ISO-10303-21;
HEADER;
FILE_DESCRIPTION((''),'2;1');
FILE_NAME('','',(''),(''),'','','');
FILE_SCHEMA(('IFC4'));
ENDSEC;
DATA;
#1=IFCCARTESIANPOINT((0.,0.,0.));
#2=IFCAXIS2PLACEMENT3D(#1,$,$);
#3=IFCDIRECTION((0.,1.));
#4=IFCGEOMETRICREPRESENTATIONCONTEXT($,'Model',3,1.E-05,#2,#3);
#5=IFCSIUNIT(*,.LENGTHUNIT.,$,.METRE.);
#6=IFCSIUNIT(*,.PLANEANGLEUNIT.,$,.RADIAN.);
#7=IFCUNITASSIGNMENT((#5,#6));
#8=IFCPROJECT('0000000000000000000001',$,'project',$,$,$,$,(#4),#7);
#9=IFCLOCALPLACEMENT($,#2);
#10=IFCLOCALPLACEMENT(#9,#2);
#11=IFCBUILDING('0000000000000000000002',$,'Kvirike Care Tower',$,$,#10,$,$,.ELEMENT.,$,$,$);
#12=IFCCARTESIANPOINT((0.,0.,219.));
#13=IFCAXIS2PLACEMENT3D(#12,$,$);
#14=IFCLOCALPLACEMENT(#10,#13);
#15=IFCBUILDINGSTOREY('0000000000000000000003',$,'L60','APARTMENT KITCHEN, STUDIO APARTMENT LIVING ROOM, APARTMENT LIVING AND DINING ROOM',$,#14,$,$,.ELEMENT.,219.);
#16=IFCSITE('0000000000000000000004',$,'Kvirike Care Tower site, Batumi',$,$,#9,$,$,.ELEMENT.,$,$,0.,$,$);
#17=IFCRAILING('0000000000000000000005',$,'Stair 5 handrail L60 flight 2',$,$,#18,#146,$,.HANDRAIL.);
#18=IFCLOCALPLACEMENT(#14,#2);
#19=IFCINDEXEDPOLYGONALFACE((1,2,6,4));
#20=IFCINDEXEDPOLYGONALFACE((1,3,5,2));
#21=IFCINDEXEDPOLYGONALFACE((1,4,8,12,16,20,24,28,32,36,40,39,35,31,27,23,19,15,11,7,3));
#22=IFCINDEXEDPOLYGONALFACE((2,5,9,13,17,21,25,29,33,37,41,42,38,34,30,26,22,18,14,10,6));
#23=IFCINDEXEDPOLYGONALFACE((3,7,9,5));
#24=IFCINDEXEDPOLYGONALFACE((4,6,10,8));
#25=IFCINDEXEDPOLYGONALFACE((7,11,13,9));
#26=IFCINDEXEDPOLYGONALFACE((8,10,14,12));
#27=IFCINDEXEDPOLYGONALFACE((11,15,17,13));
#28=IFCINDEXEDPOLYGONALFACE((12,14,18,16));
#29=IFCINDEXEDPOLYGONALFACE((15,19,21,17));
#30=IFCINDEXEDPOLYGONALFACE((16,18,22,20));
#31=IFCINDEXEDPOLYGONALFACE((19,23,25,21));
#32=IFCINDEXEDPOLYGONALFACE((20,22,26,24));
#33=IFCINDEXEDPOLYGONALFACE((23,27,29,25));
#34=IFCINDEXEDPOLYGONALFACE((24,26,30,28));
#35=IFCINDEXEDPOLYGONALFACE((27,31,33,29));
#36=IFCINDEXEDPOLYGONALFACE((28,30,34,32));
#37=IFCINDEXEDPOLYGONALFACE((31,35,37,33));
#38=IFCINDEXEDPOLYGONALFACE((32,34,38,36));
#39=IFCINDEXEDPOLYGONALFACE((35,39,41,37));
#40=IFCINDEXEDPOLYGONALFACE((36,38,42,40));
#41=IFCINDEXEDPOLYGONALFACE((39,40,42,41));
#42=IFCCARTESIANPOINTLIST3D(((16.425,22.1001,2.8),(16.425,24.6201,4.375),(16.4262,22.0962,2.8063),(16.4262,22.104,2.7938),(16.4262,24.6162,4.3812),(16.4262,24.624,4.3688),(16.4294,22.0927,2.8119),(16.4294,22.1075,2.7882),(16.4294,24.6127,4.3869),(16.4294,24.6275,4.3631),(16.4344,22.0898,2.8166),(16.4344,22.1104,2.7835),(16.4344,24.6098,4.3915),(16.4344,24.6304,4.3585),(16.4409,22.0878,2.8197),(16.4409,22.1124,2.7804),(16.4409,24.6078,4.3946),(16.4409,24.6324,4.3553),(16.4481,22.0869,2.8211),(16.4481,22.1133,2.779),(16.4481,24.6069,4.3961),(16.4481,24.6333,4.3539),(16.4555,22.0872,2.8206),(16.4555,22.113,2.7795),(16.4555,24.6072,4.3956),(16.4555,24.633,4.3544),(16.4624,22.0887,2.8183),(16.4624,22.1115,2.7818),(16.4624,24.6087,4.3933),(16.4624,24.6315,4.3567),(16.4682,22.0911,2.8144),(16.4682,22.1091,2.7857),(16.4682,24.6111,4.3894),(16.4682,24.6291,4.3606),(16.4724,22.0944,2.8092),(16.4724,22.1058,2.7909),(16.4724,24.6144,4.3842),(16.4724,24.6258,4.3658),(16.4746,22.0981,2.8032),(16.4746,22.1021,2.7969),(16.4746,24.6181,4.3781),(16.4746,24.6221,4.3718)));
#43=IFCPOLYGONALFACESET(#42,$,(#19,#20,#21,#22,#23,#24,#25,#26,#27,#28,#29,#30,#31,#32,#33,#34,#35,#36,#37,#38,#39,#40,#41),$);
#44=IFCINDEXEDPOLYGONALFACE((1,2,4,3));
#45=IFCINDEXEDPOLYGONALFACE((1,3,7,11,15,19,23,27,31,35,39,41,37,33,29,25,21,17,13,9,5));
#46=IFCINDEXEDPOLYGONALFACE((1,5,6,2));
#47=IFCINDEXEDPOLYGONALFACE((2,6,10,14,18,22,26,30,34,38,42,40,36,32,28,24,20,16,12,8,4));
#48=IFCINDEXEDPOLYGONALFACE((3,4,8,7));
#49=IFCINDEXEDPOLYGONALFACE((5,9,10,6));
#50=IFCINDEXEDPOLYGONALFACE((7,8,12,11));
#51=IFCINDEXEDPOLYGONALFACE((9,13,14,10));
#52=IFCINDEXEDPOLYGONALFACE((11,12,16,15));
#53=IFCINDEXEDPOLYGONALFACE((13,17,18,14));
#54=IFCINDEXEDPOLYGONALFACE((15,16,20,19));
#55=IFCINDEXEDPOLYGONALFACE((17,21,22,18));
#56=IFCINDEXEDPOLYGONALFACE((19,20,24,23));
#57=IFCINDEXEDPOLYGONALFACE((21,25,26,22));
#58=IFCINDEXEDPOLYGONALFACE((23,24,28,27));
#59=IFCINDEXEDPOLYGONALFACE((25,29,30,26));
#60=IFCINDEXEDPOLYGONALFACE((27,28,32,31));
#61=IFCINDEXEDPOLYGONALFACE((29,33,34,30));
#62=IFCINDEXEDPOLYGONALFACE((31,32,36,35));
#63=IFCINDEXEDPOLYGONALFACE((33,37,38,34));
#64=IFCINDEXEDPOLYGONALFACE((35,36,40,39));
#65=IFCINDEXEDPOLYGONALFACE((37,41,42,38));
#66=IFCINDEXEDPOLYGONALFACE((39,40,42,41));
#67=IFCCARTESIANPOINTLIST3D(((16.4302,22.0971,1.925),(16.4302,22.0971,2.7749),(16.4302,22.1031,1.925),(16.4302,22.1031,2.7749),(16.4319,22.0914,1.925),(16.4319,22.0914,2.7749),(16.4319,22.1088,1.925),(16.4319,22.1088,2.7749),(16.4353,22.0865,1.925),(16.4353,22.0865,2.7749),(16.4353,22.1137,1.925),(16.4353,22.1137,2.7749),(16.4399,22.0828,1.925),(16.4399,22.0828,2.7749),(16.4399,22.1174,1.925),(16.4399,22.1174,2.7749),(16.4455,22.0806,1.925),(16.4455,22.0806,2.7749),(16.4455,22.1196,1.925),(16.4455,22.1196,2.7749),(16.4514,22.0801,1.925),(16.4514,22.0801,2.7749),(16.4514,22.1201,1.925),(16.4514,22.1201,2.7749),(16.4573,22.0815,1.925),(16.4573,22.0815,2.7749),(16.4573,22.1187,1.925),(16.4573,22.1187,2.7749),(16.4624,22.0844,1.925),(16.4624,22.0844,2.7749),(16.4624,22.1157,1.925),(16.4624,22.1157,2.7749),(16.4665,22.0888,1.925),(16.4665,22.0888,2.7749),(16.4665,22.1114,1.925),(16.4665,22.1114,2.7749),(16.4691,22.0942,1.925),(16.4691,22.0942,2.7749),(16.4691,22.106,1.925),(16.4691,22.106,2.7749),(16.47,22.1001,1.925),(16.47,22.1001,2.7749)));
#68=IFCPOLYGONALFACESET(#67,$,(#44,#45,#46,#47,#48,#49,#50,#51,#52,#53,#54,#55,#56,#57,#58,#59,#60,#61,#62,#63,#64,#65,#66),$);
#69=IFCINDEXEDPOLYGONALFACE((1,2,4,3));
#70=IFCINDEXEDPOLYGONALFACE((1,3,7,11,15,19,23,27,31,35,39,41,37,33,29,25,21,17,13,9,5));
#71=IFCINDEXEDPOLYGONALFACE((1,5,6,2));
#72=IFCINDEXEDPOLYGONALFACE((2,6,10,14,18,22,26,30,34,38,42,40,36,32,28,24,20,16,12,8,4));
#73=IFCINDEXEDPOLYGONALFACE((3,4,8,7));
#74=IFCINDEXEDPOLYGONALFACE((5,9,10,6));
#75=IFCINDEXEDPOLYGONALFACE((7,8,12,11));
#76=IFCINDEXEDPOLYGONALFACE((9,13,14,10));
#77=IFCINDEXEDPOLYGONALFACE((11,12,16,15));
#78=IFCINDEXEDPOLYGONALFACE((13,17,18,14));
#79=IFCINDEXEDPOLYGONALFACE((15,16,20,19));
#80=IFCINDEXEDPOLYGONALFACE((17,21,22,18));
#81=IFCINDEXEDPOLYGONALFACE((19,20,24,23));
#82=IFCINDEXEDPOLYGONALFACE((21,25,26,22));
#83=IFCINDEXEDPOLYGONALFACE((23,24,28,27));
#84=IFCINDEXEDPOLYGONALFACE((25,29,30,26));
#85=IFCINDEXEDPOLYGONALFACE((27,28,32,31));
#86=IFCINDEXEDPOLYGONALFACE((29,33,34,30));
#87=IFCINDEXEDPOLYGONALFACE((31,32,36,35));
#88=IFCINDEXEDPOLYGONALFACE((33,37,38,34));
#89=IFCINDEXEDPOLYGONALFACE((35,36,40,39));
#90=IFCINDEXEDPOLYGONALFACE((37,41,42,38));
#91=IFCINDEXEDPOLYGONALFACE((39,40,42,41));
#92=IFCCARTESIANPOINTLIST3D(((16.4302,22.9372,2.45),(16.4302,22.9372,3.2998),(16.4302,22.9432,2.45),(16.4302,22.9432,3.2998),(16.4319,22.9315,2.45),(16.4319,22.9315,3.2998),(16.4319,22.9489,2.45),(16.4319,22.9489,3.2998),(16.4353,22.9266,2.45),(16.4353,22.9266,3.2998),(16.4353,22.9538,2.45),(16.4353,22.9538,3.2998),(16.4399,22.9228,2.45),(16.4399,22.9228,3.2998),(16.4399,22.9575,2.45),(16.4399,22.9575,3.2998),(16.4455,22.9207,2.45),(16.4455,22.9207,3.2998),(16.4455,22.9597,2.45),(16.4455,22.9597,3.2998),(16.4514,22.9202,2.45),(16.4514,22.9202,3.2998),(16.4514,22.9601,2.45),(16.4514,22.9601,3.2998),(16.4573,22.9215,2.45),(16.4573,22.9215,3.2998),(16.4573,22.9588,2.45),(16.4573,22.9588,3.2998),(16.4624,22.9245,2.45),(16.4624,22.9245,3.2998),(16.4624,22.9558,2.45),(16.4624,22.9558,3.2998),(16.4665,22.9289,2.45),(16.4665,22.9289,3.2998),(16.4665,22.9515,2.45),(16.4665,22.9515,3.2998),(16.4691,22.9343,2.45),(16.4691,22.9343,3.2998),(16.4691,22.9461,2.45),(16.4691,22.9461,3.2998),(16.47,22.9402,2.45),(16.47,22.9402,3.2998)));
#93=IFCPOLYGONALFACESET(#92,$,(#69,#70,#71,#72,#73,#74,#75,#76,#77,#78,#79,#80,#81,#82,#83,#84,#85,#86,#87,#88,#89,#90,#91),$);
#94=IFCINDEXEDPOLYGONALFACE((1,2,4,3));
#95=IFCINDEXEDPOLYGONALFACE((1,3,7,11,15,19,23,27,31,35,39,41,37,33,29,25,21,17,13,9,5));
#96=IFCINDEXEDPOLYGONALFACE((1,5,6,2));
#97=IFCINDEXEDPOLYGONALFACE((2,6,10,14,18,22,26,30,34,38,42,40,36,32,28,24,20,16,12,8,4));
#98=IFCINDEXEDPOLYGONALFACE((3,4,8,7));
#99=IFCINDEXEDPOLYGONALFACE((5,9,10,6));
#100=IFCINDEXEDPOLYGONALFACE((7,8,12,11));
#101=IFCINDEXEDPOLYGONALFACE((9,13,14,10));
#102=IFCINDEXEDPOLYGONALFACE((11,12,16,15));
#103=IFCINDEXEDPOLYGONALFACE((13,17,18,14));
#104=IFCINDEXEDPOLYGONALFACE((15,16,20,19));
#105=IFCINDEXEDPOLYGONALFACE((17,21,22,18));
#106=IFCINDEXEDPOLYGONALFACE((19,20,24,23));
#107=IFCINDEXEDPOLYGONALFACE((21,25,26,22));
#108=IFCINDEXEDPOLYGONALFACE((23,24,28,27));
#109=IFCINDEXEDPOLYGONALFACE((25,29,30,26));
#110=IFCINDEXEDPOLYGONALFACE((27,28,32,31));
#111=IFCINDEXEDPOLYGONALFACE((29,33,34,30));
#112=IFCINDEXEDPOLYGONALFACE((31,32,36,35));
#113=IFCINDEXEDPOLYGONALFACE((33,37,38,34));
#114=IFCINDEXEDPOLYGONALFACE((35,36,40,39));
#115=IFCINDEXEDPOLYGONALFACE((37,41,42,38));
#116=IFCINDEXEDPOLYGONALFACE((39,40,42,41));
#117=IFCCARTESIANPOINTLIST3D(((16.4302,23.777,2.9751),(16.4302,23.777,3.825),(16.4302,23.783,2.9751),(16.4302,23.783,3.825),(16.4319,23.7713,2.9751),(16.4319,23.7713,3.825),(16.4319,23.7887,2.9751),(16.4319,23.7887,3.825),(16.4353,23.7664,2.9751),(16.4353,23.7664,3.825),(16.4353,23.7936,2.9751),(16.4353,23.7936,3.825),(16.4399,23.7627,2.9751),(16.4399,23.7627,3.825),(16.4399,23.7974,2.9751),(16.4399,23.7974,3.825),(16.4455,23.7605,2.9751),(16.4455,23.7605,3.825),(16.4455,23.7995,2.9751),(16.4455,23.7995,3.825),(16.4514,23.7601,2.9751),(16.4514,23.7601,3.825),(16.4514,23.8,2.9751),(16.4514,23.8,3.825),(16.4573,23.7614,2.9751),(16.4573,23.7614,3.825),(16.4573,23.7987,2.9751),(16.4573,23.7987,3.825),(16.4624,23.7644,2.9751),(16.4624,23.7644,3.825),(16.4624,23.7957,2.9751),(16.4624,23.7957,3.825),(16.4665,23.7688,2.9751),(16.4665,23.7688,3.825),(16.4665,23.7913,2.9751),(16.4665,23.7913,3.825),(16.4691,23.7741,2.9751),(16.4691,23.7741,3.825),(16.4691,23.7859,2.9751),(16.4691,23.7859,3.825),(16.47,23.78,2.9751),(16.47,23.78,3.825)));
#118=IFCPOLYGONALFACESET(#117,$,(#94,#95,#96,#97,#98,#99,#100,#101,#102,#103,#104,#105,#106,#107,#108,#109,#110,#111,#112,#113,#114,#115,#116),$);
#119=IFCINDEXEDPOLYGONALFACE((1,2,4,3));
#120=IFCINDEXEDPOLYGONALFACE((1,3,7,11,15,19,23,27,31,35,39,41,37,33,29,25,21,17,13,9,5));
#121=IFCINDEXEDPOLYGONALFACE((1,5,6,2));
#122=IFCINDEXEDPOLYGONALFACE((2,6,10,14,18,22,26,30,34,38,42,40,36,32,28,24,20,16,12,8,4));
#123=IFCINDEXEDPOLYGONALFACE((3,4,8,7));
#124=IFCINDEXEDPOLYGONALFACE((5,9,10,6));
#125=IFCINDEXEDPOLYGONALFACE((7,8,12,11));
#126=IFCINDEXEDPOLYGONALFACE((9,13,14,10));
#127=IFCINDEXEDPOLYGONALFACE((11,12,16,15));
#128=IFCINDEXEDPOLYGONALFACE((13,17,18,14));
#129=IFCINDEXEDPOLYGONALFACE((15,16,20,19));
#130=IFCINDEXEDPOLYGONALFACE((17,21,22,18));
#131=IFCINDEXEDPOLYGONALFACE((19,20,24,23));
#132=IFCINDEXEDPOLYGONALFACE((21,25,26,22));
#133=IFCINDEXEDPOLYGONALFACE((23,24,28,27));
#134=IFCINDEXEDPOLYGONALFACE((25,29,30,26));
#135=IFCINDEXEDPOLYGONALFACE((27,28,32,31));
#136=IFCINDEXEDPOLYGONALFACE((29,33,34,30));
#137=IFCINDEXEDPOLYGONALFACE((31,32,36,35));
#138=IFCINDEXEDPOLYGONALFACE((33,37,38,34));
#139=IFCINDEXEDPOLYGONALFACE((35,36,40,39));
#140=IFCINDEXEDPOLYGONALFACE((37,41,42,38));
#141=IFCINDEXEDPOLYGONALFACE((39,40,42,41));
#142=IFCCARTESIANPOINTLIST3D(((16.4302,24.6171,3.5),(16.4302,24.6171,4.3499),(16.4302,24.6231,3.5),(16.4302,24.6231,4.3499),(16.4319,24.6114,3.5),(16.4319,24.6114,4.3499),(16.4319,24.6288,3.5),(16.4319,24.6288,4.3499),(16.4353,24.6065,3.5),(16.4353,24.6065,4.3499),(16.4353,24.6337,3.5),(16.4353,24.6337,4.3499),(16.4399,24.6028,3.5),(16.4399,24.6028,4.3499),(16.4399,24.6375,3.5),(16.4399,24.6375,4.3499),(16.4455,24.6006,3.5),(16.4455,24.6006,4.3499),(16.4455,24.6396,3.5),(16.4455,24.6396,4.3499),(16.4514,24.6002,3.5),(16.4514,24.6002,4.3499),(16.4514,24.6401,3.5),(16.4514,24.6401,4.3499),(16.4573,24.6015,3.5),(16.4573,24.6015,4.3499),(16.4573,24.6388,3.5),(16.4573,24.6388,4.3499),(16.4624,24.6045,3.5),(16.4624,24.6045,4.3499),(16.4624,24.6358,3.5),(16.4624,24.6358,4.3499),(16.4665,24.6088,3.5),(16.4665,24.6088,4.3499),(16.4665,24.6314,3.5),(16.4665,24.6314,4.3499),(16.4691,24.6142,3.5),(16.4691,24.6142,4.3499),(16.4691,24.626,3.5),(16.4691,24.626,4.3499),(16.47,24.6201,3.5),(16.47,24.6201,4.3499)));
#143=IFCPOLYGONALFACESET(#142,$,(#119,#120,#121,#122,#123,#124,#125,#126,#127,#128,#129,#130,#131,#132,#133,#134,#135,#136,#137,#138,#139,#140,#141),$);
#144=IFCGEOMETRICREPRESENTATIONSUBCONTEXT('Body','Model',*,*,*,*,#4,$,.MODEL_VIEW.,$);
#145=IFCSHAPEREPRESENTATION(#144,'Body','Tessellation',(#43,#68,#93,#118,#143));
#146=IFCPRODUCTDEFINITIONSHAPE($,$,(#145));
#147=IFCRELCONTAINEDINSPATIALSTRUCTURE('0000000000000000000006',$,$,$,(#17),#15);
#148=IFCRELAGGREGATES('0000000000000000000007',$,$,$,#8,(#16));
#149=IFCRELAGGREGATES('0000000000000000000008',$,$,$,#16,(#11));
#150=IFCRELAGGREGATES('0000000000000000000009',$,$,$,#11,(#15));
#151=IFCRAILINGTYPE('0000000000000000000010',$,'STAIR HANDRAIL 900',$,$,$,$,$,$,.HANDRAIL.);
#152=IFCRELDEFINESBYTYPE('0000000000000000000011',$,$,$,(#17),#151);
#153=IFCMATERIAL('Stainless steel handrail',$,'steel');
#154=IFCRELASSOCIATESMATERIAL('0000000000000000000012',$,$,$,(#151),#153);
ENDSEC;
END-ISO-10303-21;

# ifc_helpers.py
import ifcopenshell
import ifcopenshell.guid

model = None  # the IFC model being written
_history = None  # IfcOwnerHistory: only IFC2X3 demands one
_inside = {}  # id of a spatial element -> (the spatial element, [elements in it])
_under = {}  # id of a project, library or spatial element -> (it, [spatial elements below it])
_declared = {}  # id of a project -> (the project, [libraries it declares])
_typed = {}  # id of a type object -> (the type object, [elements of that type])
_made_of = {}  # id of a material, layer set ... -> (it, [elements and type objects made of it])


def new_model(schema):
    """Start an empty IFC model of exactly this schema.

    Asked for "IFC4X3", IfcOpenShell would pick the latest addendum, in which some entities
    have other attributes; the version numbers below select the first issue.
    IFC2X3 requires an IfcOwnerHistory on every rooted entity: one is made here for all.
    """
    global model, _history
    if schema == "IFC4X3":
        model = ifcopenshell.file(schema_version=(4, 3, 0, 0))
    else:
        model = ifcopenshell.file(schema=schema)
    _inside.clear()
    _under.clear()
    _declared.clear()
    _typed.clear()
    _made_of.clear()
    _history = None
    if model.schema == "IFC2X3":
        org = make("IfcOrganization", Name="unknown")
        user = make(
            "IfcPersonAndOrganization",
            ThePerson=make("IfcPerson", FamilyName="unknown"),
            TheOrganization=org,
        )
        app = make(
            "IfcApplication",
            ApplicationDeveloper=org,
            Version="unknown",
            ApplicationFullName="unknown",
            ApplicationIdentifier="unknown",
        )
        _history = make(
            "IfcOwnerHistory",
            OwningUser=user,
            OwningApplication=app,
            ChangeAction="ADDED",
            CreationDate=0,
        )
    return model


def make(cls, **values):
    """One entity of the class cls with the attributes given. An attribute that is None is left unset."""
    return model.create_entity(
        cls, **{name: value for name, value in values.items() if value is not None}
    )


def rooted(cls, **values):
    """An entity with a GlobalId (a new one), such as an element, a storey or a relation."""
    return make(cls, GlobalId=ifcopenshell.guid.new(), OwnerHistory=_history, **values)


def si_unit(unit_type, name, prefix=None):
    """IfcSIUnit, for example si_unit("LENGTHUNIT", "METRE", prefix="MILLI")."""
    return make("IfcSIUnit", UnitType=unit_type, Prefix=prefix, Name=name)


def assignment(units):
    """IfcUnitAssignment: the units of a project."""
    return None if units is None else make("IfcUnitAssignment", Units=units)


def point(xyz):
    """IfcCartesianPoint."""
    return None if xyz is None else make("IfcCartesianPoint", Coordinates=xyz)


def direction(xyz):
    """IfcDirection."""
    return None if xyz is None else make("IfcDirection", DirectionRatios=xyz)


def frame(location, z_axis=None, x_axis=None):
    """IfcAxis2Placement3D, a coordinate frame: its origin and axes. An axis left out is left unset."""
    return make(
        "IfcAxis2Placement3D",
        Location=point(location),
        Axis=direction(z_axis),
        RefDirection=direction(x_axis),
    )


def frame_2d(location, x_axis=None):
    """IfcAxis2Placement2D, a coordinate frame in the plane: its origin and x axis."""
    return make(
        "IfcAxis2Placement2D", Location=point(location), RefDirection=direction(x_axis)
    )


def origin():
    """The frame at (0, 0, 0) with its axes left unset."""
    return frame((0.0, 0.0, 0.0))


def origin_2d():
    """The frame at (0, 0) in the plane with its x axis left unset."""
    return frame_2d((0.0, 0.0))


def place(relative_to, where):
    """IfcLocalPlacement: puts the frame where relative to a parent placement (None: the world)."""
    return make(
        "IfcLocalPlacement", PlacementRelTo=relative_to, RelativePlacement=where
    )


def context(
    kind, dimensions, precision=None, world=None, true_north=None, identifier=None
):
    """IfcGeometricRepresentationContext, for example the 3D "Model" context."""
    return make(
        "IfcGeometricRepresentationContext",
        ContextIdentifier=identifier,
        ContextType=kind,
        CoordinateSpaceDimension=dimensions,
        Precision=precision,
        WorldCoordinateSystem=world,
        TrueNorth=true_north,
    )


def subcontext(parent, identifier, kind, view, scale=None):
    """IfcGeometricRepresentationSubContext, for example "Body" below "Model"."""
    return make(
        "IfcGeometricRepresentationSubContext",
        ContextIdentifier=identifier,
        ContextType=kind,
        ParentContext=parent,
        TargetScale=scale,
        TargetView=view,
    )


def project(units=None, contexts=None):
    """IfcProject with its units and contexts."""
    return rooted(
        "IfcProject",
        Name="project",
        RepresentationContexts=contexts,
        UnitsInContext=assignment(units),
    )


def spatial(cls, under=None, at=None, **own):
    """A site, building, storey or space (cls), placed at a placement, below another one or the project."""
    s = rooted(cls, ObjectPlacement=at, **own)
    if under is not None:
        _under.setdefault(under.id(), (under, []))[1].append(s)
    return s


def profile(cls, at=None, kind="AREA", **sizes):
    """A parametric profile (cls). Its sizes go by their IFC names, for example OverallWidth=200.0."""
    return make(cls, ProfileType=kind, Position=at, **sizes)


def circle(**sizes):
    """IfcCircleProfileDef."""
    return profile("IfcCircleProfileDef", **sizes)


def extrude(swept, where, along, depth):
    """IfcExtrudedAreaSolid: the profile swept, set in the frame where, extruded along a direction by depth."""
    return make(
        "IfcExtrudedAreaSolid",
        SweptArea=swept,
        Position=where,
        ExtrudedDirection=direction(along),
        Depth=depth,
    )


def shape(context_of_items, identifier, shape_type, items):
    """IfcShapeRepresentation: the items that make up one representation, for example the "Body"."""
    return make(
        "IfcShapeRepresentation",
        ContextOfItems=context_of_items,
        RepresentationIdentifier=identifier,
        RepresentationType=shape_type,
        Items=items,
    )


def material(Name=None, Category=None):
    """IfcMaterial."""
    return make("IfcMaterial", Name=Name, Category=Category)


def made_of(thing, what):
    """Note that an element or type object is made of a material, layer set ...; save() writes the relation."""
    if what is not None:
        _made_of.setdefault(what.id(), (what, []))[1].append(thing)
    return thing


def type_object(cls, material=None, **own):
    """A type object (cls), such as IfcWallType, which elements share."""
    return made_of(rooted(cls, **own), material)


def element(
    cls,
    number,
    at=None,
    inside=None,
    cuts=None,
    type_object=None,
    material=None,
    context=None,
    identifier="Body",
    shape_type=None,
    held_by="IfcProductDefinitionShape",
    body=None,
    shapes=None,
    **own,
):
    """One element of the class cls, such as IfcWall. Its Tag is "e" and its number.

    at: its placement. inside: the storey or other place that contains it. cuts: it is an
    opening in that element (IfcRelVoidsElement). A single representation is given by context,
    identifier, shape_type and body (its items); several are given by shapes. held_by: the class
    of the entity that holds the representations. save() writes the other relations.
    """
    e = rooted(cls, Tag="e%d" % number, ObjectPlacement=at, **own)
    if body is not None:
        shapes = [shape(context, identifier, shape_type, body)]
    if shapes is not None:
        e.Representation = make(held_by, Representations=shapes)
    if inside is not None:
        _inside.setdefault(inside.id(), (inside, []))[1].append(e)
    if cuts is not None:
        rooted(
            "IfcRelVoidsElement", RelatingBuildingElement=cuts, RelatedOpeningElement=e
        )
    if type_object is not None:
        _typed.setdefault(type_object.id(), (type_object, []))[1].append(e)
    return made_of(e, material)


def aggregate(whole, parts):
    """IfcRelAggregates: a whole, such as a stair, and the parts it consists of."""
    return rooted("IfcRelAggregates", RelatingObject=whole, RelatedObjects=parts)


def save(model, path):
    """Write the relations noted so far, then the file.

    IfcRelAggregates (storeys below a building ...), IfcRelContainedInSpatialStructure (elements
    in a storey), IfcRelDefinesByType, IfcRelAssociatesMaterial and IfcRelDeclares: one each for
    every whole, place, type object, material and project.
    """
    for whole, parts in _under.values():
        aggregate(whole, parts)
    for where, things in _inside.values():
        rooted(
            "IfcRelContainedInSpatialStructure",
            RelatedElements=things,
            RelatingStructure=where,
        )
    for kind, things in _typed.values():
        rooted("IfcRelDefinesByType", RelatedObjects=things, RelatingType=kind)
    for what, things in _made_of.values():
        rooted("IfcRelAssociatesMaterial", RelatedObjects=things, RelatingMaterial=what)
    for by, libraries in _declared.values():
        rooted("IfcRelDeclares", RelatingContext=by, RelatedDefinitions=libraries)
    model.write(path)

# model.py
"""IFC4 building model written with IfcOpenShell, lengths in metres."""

from ifc_helpers import new_model, si_unit, direction, frame, origin, origin_2d, place, context, subcontext, project, spatial, circle, extrude, material, type_object, element, save


model = new_model("IFC4")

# Units and contexts
model_context = context("Model", 3, precision=1e-05, world=origin(), true_north=direction((0.0, 1.0)))
body_context = subcontext(model_context, "Body", "Model", "MODEL_VIEW")
ifc_project = project(units=[si_unit("LENGTHUNIT", "METRE"), si_unit("PLANEANGLEUNIT", "RADIAN")], contexts=[model_context])

# Site, building, storey
site_placement = place(None, origin())
site = spatial("IfcSite", under=ifc_project, at=site_placement, Name="Kvirike Care Tower site, Batumi", CompositionType="ELEMENT", RefElevation=0.0)
building_placement = place(site_placement, origin())
building = spatial("IfcBuilding", under=site, at=building_placement, Name="Kvirike Care Tower", CompositionType="ELEMENT")
storey_placement = place(building_placement, frame((0.0, 0.0, 219.0)))
storey = spatial("IfcBuildingStorey", under=building, at=storey_placement, Name="L60", Description="APARTMENT KITCHEN, STUDIO APARTMENT LIVING ROOM, APARTMENT LIVING AND DINING ROOM", CompositionType="ELEMENT", Elevation=219.0)

# Railing
ifc_material_1 = material(Name="Stainless steel handrail", Category="steel")
railing_type = type_object("IfcRailingType", Name="STAIR HANDRAIL 900", PredefinedType="HANDRAIL", material=ifc_material_1)
railing_1_placement = place(storey_placement, frame((16.45, 22.1001, 1.925)))
element("IfcRailing", 1, at=railing_1_placement, inside=storey, type_object=railing_type, Name="Stair 5 handrail L60 flight 2", PredefinedType="HANDRAIL", context=body_context, shape_type="SweptSolid", body=[
    extrude(circle(Radius=0.0249, at=origin_2d()), frame((0.0, 0.0, 0.875), z_axis=(0.0, 0.848008, 0.529984), x_axis=(-1.0, 0.0, 0.0)), (0.0, 0.0, 1.0), 2.9717),
    extrude(circle(Radius=0.02, at=origin_2d()), origin(), (0.0, 0.0, 1.0), 0.8499),
    extrude(circle(Radius=0.02, at=origin_2d()), frame((0.0, 0.8401, 0.5249)), (0.0, 0.0, 1.0), 0.8499),
    extrude(circle(Radius=0.02, at=origin_2d()), frame((0.0, 1.6799, 1.05)), (0.0, 0.0, 1.0), 0.8499),
    extrude(circle(Radius=0.02, at=origin_2d()), frame((0.0, 2.52, 1.575)), (0.0, 0.0, 1.0), 0.8499),
])

save(model, "model.ifc")
